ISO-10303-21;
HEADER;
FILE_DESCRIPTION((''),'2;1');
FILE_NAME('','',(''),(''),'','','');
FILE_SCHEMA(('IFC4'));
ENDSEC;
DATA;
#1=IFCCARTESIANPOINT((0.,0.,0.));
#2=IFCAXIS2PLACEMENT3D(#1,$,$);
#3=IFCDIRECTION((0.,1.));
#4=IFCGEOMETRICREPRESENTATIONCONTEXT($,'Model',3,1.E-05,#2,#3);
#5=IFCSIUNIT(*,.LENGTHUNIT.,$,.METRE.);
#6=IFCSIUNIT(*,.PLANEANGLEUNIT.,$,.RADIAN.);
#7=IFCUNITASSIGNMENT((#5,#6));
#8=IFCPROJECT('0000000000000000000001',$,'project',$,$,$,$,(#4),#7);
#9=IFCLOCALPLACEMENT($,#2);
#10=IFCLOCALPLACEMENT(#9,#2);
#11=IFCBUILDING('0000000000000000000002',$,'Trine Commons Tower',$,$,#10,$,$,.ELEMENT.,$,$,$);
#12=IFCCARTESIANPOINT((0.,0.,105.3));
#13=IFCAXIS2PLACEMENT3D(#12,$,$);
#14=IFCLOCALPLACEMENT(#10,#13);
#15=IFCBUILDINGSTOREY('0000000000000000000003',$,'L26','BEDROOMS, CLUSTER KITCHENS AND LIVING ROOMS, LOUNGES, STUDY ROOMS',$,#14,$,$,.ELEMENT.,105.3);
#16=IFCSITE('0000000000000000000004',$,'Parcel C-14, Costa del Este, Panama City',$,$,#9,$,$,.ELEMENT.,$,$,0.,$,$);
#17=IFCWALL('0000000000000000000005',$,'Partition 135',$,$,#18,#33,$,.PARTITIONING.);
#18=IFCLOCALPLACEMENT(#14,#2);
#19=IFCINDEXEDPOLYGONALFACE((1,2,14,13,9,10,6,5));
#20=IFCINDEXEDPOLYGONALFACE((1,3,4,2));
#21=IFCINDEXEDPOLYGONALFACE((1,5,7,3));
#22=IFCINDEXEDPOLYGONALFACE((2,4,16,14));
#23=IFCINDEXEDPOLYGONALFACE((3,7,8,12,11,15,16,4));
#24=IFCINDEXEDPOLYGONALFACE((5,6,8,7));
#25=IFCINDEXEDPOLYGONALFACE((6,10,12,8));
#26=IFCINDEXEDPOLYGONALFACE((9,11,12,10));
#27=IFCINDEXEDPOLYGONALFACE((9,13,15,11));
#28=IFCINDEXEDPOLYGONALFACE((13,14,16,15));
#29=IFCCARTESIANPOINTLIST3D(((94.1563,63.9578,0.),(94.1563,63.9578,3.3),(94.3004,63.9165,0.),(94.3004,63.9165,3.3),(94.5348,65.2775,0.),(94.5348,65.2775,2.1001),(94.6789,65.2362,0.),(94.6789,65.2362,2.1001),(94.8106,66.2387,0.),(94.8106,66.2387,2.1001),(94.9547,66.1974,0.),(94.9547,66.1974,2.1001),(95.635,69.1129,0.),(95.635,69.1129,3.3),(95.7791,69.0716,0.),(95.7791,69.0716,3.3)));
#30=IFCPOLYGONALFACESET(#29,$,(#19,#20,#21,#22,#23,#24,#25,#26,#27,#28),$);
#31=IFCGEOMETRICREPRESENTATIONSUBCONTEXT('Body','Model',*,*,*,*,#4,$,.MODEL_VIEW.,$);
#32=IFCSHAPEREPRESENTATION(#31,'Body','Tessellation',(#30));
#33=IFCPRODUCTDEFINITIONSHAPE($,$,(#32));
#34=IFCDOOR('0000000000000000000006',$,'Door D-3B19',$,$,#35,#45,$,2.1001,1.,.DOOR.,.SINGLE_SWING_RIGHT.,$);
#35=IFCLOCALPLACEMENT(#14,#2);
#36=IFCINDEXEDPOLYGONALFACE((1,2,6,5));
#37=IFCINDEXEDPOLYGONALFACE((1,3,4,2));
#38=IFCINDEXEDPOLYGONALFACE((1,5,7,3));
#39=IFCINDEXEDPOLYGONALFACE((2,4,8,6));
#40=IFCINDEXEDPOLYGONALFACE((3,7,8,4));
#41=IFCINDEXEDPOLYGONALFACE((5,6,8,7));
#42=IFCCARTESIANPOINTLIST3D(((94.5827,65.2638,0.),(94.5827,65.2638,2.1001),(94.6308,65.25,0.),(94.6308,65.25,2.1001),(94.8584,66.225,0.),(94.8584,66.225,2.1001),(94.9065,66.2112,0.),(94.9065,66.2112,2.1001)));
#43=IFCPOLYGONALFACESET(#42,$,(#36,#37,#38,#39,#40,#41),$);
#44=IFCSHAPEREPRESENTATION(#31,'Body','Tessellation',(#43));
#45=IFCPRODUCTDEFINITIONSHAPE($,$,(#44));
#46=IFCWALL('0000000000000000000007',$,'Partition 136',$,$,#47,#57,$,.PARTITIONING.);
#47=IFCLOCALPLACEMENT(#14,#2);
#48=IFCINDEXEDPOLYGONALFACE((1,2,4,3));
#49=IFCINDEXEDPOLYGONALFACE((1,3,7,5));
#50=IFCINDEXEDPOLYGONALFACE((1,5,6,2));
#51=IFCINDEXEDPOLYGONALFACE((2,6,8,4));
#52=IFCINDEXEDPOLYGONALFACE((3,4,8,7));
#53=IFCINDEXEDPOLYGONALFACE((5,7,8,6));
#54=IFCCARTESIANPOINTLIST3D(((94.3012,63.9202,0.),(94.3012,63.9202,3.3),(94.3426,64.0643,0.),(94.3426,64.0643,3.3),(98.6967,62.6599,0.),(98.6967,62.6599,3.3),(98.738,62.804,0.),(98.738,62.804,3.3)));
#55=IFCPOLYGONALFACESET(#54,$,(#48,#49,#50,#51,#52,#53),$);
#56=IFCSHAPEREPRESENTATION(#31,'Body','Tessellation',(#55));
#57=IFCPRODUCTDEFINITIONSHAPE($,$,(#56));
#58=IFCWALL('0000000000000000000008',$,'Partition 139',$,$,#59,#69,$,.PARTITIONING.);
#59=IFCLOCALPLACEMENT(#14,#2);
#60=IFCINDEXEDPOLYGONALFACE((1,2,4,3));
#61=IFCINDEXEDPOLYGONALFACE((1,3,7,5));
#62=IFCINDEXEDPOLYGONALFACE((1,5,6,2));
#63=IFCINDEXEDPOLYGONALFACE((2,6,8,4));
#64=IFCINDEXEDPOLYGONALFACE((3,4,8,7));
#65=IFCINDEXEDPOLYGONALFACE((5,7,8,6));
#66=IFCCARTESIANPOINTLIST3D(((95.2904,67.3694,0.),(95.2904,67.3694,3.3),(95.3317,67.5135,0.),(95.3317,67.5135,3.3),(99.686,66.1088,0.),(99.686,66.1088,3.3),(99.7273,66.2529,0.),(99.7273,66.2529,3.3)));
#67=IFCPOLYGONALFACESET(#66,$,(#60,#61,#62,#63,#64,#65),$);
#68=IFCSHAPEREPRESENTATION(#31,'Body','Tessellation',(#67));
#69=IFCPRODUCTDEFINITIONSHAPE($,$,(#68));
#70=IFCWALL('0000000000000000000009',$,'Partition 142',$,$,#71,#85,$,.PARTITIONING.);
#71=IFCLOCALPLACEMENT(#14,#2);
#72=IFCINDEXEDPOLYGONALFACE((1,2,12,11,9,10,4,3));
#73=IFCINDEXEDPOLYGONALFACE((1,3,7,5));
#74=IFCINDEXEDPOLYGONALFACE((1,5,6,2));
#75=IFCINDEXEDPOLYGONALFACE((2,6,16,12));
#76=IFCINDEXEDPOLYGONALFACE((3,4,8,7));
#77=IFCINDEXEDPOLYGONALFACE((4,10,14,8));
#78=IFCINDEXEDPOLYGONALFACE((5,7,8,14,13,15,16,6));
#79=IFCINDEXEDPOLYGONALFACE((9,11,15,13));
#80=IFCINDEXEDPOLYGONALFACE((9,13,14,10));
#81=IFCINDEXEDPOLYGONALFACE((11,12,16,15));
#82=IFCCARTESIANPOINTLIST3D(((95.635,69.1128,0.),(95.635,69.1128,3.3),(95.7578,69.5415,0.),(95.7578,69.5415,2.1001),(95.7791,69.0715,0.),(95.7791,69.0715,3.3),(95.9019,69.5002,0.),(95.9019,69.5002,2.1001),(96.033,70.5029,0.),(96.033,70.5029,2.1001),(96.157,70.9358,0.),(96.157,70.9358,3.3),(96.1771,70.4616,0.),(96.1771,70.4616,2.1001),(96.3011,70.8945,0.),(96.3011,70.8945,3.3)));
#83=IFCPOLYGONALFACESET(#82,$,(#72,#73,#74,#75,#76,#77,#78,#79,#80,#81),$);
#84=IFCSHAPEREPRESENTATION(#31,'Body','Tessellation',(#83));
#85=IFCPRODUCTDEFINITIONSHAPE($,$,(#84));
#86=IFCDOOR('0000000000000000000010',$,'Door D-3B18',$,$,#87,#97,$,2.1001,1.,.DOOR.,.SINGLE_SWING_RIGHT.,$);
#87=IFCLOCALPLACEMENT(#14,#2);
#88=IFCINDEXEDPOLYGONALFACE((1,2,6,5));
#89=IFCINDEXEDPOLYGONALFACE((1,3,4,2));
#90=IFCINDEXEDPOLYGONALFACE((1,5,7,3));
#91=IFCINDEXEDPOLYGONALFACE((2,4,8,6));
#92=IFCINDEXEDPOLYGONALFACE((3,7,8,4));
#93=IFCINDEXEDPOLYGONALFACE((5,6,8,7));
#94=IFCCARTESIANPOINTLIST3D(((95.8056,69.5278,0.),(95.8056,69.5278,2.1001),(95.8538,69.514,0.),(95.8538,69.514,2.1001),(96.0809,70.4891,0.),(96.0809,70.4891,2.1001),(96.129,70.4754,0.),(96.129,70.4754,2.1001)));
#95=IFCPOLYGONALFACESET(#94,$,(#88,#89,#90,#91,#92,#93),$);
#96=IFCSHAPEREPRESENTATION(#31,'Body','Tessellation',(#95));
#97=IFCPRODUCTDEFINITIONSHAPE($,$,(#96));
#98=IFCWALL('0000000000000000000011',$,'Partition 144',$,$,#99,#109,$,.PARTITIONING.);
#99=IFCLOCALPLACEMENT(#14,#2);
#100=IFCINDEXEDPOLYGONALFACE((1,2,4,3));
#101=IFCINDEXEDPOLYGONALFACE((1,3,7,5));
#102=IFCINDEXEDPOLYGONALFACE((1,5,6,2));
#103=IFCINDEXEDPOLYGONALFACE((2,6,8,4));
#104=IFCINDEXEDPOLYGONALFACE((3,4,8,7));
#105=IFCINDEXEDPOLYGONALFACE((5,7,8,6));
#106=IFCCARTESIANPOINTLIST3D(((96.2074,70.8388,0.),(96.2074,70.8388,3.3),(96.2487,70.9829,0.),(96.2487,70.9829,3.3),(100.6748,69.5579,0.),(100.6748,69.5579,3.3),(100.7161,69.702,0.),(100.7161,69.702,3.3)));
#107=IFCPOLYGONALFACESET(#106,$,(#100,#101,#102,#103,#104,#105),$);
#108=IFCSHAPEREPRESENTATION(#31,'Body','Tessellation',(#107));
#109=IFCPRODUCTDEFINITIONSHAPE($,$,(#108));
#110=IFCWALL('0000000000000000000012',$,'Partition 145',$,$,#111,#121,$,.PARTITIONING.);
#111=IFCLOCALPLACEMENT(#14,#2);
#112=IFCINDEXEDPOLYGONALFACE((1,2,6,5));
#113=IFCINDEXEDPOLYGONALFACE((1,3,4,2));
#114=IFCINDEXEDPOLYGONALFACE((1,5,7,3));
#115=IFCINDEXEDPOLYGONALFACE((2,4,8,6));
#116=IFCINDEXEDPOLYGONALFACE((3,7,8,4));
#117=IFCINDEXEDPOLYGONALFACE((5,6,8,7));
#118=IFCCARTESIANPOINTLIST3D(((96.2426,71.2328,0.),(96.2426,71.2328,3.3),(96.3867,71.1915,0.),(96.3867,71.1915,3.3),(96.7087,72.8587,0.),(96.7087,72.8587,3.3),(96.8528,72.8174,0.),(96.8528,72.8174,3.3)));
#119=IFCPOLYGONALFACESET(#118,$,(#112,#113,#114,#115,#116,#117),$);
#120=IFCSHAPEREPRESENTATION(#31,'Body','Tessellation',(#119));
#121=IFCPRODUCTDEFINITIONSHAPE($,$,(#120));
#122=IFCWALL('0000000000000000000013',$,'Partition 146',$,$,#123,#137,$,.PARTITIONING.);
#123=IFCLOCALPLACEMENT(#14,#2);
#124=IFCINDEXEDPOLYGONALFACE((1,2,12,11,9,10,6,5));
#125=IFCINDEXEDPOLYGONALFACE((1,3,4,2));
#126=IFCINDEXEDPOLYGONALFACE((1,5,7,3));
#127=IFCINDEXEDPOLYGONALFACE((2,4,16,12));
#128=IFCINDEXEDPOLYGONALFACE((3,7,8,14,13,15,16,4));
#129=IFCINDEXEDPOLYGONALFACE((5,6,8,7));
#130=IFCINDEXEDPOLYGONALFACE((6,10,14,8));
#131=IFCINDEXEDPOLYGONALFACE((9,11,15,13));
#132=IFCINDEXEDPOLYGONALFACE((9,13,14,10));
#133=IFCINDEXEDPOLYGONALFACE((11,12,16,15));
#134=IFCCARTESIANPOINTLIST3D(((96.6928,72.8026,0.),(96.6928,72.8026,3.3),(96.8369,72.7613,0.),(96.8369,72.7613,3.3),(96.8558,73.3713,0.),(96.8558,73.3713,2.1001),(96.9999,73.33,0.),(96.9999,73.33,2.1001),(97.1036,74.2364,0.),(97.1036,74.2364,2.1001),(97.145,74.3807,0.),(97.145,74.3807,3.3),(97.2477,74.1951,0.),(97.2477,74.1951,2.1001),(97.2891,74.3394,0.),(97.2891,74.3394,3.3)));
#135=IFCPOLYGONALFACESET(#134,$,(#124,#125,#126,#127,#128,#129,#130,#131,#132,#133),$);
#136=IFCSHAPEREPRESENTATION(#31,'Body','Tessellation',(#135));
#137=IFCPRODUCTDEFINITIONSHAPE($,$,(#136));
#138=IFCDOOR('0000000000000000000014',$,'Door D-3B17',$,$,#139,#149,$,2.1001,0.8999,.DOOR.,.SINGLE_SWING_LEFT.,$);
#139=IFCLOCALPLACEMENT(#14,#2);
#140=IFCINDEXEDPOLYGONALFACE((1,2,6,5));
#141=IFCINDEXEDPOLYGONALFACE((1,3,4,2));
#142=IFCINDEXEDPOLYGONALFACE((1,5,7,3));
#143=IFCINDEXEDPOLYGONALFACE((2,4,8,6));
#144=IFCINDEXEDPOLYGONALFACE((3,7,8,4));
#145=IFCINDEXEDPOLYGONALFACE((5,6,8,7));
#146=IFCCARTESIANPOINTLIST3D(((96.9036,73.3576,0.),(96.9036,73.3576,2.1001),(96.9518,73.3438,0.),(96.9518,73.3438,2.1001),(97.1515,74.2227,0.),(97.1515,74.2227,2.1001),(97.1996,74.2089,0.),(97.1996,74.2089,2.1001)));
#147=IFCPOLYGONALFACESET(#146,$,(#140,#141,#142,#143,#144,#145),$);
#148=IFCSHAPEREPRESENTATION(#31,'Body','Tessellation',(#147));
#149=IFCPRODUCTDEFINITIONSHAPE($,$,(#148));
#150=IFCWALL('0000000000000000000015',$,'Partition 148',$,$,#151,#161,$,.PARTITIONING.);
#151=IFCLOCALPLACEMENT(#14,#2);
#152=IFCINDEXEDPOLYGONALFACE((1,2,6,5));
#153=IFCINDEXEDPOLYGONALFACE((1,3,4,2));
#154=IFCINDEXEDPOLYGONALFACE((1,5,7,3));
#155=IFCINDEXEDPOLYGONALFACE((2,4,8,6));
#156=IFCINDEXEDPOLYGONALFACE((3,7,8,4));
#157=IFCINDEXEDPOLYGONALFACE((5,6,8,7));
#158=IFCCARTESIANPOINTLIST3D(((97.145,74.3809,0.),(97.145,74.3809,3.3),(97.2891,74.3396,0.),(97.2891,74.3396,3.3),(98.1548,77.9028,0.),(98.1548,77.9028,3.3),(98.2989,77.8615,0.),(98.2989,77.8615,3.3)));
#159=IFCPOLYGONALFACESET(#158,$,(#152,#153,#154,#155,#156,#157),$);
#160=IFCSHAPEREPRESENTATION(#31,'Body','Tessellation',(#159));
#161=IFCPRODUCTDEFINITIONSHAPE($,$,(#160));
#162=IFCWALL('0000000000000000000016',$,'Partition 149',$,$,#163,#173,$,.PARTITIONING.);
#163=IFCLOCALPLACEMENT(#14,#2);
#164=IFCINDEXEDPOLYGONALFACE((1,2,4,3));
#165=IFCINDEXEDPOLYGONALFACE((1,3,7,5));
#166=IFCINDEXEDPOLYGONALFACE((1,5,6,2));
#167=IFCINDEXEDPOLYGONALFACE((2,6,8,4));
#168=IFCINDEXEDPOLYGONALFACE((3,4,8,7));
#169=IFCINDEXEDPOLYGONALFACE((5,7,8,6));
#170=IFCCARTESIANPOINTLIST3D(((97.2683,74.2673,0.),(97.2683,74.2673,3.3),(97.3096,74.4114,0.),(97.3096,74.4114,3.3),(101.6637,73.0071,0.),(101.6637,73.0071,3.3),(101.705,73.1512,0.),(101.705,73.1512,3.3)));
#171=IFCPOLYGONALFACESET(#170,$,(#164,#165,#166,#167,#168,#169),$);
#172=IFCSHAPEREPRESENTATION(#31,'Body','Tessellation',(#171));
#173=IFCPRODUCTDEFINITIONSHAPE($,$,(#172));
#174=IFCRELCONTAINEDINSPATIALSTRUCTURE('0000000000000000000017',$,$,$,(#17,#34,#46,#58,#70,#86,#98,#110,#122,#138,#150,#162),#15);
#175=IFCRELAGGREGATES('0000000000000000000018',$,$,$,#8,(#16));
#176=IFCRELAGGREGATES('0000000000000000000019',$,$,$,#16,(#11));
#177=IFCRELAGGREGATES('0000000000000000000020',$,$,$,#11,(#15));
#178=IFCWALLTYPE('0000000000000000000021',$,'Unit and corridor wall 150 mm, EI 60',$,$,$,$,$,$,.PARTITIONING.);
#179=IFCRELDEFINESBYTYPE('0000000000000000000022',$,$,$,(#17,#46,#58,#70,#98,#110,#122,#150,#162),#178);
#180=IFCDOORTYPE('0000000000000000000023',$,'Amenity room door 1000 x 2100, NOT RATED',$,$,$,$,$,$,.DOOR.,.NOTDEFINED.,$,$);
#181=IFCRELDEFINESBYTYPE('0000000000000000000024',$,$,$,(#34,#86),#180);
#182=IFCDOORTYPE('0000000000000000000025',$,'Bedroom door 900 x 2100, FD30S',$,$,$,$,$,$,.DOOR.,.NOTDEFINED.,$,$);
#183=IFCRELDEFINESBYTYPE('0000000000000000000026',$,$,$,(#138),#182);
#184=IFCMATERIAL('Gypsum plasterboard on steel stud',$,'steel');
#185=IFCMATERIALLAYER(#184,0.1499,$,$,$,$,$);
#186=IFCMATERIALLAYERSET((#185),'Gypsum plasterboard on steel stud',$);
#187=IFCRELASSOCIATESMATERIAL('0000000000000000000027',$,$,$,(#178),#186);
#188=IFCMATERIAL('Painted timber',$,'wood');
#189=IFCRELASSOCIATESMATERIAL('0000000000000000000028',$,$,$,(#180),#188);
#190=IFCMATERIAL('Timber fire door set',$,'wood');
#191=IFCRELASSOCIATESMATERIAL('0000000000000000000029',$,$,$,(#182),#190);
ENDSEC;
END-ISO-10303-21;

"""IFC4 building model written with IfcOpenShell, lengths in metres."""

from ifc_helpers import new_model, si_unit, direction, frame, frame_2d, origin, place, context, subcontext, project, spatial, rectangle, extrude, material, layer, layer_set, type_object, element, fill, save


model = new_model("IFC4")

# Units and contexts
model_context = context("Model", 3, precision=1e-05, world=origin(), true_north=direction((0.0, 1.0)))
body_context = subcontext(model_context, "Body", "Model", "MODEL_VIEW")
ifc_project = project(units=[si_unit("LENGTHUNIT", "METRE"), si_unit("PLANEANGLEUNIT", "RADIAN")], contexts=[model_context])

# Site, building, storey
site_placement = place(None, origin())
site = spatial("IfcSite", under=ifc_project, at=site_placement, Name="Parcel C-14, Costa del Este, Panama City", CompositionType="ELEMENT", RefElevation=0.0)
building_placement = place(site_placement, origin())
building = spatial("IfcBuilding", under=site, at=building_placement, Name="Trine Commons Tower", CompositionType="ELEMENT")
storey_placement = place(building_placement, frame((0.0, 0.0, 105.3)))
storey = spatial("IfcBuildingStorey", under=building, at=storey_placement, Name="L26", Description="BEDROOMS, CLUSTER KITCHENS AND LIVING ROOMS, LOUNGES, STUDY ROOMS", CompositionType="ELEMENT", Elevation=105.3)

# Shared definitions
ifc_material_1 = material(Name="Gypsum plasterboard on steel stud", Category="steel")
ifc_layer_1 = layer(ifc_material_1, 0.1499)
ifc_layer_set_1 = layer_set([ifc_layer_1], Name="Gypsum plasterboard on steel stud")
wall_type_1 = type_object("IfcWallType", Name="Unit and corridor wall 150 mm, EI 60", PredefinedType="PARTITIONING", material=ifc_layer_set_1)

# Wall, opening, door
wall_1_placement = place(storey_placement, frame((94.2283, 63.937, 0.0), z_axis=(0.0, 0.0, 1.0), x_axis=(0.275737, 0.961233, 0.0)))
wall_1 = element("IfcWall", 1, at=wall_1_placement, inside=storey, type_object=wall_type_1, Name="Partition 135", PredefinedType="PARTITIONING", context=body_context, shape_type="SweptSolid", body=[
    extrude(rectangle(XDim=5.363, YDim=0.1499, at=frame_2d((2.6816, 0.0))), origin(), (0.0, 0.0, 1.0), 3.3),
])
opening_1_placement = place(wall_1_placement, frame((1.373, 0.0, 0.0)))
opening_1 = element("IfcOpeningElement", 2, at=opening_1_placement, cuts=wall_1, PredefinedType="OPENING", context=body_context, shape_type="SweptSolid", body=[
    extrude(rectangle(XDim=1.0, YDim=2.1001, at=frame_2d((0.5, 1.05))), frame((0.0, 0.085, 0.0), z_axis=(0.0, -1.0, 0.0), x_axis=(1.0, 0.0, 0.0)), (0.0, 0.0, 1.0), 0.1699),
])
ifc_material_2 = material(Name="Painted timber", Category="wood")
door_type_1 = type_object("IfcDoorType", Name="Amenity room door 1000 x 2100, NOT RATED", OperationType="NOTDEFINED", PredefinedType="DOOR", material=ifc_material_2)
door_1_placement = place(opening_1_placement, frame((1.0, 0.0, 0.0), z_axis=(0.0, 0.0, 1.0), x_axis=(-1.0, 0.0, 0.0)))
door_1 = element("IfcDoor", 3, at=door_1_placement, inside=storey, type_object=door_type_1, Name="Door D-3B19", OperationType="SINGLE_SWING_RIGHT", OverallHeight=2.1001, OverallWidth=1.0, PredefinedType="DOOR", context=body_context, shape_type="SweptSolid", body=[
    extrude(rectangle(XDim=1.0, YDim=2.1001, at=frame_2d((0.5, 1.05))), frame((0.0, 0.0249, 0.0), z_axis=(0.0, -1.0, 0.0), x_axis=(1.0, 0.0, 0.0)), (0.0, 0.0, 1.0), 0.05),
])
fill(opening_1, door_1)

# Walls
wall_2_placement = place(storey_placement, frame((94.322, 63.9922, 0.0), z_axis=(0.0, 0.0, 1.0), x_axis=(0.96127, -0.27561, 0.0)))
element("IfcWall", 4, at=wall_2_placement, inside=storey, type_object=wall_type_1, Name="Partition 136", PredefinedType="PARTITIONING", context=body_context, shape_type="SweptSolid", body=[
    extrude(rectangle(XDim=4.5725, YDim=0.1499, at=frame_2d((2.2861, 0.0))), origin(), (0.0, 0.0, 1.0), 3.3),
])
wall_3_placement = place(storey_placement, frame((95.311, 67.4414, 0.0), z_axis=(0.0, 0.0, 1.0), x_axis=(0.961256, -0.275659, 0.0)))
element("IfcWall", 5, at=wall_3_placement, inside=storey, type_object=wall_type_1, Name="Partition 139", PredefinedType="PARTITIONING", context=body_context, shape_type="SweptSolid", body=[
    extrude(rectangle(XDim=4.5728, YDim=0.1499, at=frame_2d((2.2864, 0.0))), origin(), (0.0, 0.0, 1.0), 3.3),
])

# Wall, opening, door
wall_4_placement = place(storey_placement, frame((95.707, 69.092, 0.0), z_axis=(0.0, 0.0, 1.0), x_axis=(0.275265, 0.961368, 0.0)))
wall_4 = element("IfcWall", 6, at=wall_4_placement, inside=storey, type_object=wall_type_1, Name="Partition 142", PredefinedType="PARTITIONING", context=body_context, shape_type="SweptSolid", body=[
    extrude(rectangle(XDim=1.8962, YDim=0.1499, at=frame_2d((0.9482, 0.0))), origin(), (0.0, 0.0, 1.0), 3.3),
])
opening_2_placement = place(wall_4_placement, frame((0.446, 0.0, 0.0)))
opening_2 = element("IfcOpeningElement", 7, at=opening_2_placement, cuts=wall_4, PredefinedType="OPENING", context=body_context, shape_type="SweptSolid", body=[
    extrude(rectangle(XDim=1.0, YDim=2.1001, at=frame_2d((0.5, 1.05))), frame((0.0, 0.085, 0.0), z_axis=(0.0, -1.0, 0.0), x_axis=(1.0, 0.0, 0.0)), (0.0, 0.0, 1.0), 0.1699),
])
door_2_placement = place(opening_2_placement, frame((1.0, 0.0, 0.0), z_axis=(0.0, 0.0, 1.0), x_axis=(-1.0, 0.0, 0.0)))
door_2 = element("IfcDoor", 8, at=door_2_placement, inside=storey, type_object=door_type_1, Name="Door D-3B18", OperationType="SINGLE_SWING_RIGHT", OverallHeight=2.1001, OverallWidth=1.0, PredefinedType="DOOR", context=body_context, shape_type="SweptSolid", body=[
    extrude(rectangle(XDim=1.0, YDim=2.1001, at=frame_2d((0.5, 1.05))), frame((0.0, 0.0249, 0.0), z_axis=(0.0, -1.0, 0.0), x_axis=(1.0, 0.0, 0.0)), (0.0, 0.0, 1.0), 0.05),
])
fill(opening_2, door_2)

# Walls
wall_5_placement = place(storey_placement, frame((96.228, 70.9109, 0.0), z_axis=(0.0, 0.0, 1.0), x_axis=(0.961264, -0.27563, 0.0)))
element("IfcWall", 9, at=wall_5_placement, inside=storey, type_object=wall_type_1, Name="Partition 144", PredefinedType="PARTITIONING", context=body_context, shape_type="SweptSolid", body=[
    extrude(rectangle(XDim=4.6475, YDim=0.1499, at=frame_2d((2.3237, 0.0))), origin(), (0.0, 0.0, 1.0), 3.3),
])
wall_6_placement = place(storey_placement, frame((96.3147, 71.2122, 0.0), z_axis=(0.0, 0.0, 1.0), x_axis=(0.275541, 0.961289, 0.0)))
element("IfcWall", 10, at=wall_6_placement, inside=storey, type_object=wall_type_1, Name="Partition 145", PredefinedType="PARTITIONING", context=body_context, shape_type="SweptSolid", body=[
    extrude(rectangle(XDim=1.6914, YDim=0.1499, at=frame_2d((0.8457, 0.0))), origin(), (0.0, 0.0, 1.0), 3.3),
])

# Wall, opening, door
wall_7_placement = place(storey_placement, frame((96.7649, 72.782, 0.0), z_axis=(0.0, 0.0, 1.0), x_axis=(0.275428, 0.961322, 0.0)))
wall_7 = element("IfcWall", 11, at=wall_7_placement, inside=storey, type_object=wall_type_1, Name="Partition 146", PredefinedType="PARTITIONING", context=body_context, shape_type="SweptSolid", body=[
    extrude(rectangle(XDim=1.6416, YDim=0.1499, at=frame_2d((0.8208, 0.0))), origin(), (0.0, 0.0, 1.0), 3.3),
])
opening_3_placement = place(wall_7_placement, frame((0.5916, 0.0, 0.0)))
opening_3 = element("IfcOpeningElement", 12, at=opening_3_placement, cuts=wall_7, PredefinedType="OPENING", context=body_context, shape_type="SweptSolid", body=[
    extrude(rectangle(XDim=0.8999, YDim=2.1001, at=frame_2d((0.45, 1.05))), frame((0.0, 0.085, 0.0), z_axis=(0.0, -1.0, 0.0), x_axis=(1.0, 0.0, 0.0)), (0.0, 0.0, 1.0), 0.1699),
])
ifc_material_3 = material(Name="Timber fire door set", Category="wood")
door_type_2 = type_object("IfcDoorType", Name="Bedroom door 900 x 2100, FD30S", OperationType="NOTDEFINED", PredefinedType="DOOR", material=ifc_material_3)
door_3_placement = place(opening_3_placement, frame((0.8999, 0.0, 0.0), z_axis=(0.0, 0.0, 1.0), x_axis=(-1.0, 0.0, 0.0)))
door_3 = element("IfcDoor", 13, at=door_3_placement, inside=storey, type_object=door_type_2, Name="Door D-3B17", OperationType="SINGLE_SWING_LEFT", OverallHeight=2.1001, OverallWidth=0.8999, PredefinedType="DOOR", context=body_context, shape_type="SweptSolid", body=[
    extrude(rectangle(XDim=0.8999, YDim=2.1001, at=frame_2d((0.45, 1.05))), frame((0.0, 0.0249, 0.0), z_axis=(0.0, -1.0, 0.0), x_axis=(1.0, 0.0, 0.0)), (0.0, 0.0, 1.0), 0.05),
])
fill(opening_3, door_3)

# Walls
wall_8_placement = place(storey_placement, frame((97.217, 74.3601, 0.0), z_axis=(0.0, 0.0, 1.0), x_axis=(0.275601, 0.961272, 0.0)))
element("IfcWall", 14, at=wall_8_placement, inside=storey, type_object=wall_type_1, Name="Partition 148", PredefinedType="PARTITIONING", context=body_context, shape_type="SweptSolid", body=[
    extrude(rectangle(XDim=3.6638, YDim=0.1499, at=frame_2d((1.832, 0.0))), origin(), (0.0, 0.0, 1.0), 3.3),
])
wall_9_placement = place(storey_placement, frame((97.2891, 74.3394, 0.0), z_axis=(0.0, 0.0, 1.0), x_axis=(0.96127, -0.27561, 0.0)))
element("IfcWall", 15, at=wall_9_placement, inside=storey, type_object=wall_type_1, Name="Partition 149", PredefinedType="PARTITIONING", context=body_context, shape_type="SweptSolid", body=[
    extrude(rectangle(XDim=4.5725, YDim=0.1499, at=frame_2d((2.2861, 0.0))), origin(), (0.0, 0.0, 1.0), 3.3),
])

save(model, "model.ifc")
